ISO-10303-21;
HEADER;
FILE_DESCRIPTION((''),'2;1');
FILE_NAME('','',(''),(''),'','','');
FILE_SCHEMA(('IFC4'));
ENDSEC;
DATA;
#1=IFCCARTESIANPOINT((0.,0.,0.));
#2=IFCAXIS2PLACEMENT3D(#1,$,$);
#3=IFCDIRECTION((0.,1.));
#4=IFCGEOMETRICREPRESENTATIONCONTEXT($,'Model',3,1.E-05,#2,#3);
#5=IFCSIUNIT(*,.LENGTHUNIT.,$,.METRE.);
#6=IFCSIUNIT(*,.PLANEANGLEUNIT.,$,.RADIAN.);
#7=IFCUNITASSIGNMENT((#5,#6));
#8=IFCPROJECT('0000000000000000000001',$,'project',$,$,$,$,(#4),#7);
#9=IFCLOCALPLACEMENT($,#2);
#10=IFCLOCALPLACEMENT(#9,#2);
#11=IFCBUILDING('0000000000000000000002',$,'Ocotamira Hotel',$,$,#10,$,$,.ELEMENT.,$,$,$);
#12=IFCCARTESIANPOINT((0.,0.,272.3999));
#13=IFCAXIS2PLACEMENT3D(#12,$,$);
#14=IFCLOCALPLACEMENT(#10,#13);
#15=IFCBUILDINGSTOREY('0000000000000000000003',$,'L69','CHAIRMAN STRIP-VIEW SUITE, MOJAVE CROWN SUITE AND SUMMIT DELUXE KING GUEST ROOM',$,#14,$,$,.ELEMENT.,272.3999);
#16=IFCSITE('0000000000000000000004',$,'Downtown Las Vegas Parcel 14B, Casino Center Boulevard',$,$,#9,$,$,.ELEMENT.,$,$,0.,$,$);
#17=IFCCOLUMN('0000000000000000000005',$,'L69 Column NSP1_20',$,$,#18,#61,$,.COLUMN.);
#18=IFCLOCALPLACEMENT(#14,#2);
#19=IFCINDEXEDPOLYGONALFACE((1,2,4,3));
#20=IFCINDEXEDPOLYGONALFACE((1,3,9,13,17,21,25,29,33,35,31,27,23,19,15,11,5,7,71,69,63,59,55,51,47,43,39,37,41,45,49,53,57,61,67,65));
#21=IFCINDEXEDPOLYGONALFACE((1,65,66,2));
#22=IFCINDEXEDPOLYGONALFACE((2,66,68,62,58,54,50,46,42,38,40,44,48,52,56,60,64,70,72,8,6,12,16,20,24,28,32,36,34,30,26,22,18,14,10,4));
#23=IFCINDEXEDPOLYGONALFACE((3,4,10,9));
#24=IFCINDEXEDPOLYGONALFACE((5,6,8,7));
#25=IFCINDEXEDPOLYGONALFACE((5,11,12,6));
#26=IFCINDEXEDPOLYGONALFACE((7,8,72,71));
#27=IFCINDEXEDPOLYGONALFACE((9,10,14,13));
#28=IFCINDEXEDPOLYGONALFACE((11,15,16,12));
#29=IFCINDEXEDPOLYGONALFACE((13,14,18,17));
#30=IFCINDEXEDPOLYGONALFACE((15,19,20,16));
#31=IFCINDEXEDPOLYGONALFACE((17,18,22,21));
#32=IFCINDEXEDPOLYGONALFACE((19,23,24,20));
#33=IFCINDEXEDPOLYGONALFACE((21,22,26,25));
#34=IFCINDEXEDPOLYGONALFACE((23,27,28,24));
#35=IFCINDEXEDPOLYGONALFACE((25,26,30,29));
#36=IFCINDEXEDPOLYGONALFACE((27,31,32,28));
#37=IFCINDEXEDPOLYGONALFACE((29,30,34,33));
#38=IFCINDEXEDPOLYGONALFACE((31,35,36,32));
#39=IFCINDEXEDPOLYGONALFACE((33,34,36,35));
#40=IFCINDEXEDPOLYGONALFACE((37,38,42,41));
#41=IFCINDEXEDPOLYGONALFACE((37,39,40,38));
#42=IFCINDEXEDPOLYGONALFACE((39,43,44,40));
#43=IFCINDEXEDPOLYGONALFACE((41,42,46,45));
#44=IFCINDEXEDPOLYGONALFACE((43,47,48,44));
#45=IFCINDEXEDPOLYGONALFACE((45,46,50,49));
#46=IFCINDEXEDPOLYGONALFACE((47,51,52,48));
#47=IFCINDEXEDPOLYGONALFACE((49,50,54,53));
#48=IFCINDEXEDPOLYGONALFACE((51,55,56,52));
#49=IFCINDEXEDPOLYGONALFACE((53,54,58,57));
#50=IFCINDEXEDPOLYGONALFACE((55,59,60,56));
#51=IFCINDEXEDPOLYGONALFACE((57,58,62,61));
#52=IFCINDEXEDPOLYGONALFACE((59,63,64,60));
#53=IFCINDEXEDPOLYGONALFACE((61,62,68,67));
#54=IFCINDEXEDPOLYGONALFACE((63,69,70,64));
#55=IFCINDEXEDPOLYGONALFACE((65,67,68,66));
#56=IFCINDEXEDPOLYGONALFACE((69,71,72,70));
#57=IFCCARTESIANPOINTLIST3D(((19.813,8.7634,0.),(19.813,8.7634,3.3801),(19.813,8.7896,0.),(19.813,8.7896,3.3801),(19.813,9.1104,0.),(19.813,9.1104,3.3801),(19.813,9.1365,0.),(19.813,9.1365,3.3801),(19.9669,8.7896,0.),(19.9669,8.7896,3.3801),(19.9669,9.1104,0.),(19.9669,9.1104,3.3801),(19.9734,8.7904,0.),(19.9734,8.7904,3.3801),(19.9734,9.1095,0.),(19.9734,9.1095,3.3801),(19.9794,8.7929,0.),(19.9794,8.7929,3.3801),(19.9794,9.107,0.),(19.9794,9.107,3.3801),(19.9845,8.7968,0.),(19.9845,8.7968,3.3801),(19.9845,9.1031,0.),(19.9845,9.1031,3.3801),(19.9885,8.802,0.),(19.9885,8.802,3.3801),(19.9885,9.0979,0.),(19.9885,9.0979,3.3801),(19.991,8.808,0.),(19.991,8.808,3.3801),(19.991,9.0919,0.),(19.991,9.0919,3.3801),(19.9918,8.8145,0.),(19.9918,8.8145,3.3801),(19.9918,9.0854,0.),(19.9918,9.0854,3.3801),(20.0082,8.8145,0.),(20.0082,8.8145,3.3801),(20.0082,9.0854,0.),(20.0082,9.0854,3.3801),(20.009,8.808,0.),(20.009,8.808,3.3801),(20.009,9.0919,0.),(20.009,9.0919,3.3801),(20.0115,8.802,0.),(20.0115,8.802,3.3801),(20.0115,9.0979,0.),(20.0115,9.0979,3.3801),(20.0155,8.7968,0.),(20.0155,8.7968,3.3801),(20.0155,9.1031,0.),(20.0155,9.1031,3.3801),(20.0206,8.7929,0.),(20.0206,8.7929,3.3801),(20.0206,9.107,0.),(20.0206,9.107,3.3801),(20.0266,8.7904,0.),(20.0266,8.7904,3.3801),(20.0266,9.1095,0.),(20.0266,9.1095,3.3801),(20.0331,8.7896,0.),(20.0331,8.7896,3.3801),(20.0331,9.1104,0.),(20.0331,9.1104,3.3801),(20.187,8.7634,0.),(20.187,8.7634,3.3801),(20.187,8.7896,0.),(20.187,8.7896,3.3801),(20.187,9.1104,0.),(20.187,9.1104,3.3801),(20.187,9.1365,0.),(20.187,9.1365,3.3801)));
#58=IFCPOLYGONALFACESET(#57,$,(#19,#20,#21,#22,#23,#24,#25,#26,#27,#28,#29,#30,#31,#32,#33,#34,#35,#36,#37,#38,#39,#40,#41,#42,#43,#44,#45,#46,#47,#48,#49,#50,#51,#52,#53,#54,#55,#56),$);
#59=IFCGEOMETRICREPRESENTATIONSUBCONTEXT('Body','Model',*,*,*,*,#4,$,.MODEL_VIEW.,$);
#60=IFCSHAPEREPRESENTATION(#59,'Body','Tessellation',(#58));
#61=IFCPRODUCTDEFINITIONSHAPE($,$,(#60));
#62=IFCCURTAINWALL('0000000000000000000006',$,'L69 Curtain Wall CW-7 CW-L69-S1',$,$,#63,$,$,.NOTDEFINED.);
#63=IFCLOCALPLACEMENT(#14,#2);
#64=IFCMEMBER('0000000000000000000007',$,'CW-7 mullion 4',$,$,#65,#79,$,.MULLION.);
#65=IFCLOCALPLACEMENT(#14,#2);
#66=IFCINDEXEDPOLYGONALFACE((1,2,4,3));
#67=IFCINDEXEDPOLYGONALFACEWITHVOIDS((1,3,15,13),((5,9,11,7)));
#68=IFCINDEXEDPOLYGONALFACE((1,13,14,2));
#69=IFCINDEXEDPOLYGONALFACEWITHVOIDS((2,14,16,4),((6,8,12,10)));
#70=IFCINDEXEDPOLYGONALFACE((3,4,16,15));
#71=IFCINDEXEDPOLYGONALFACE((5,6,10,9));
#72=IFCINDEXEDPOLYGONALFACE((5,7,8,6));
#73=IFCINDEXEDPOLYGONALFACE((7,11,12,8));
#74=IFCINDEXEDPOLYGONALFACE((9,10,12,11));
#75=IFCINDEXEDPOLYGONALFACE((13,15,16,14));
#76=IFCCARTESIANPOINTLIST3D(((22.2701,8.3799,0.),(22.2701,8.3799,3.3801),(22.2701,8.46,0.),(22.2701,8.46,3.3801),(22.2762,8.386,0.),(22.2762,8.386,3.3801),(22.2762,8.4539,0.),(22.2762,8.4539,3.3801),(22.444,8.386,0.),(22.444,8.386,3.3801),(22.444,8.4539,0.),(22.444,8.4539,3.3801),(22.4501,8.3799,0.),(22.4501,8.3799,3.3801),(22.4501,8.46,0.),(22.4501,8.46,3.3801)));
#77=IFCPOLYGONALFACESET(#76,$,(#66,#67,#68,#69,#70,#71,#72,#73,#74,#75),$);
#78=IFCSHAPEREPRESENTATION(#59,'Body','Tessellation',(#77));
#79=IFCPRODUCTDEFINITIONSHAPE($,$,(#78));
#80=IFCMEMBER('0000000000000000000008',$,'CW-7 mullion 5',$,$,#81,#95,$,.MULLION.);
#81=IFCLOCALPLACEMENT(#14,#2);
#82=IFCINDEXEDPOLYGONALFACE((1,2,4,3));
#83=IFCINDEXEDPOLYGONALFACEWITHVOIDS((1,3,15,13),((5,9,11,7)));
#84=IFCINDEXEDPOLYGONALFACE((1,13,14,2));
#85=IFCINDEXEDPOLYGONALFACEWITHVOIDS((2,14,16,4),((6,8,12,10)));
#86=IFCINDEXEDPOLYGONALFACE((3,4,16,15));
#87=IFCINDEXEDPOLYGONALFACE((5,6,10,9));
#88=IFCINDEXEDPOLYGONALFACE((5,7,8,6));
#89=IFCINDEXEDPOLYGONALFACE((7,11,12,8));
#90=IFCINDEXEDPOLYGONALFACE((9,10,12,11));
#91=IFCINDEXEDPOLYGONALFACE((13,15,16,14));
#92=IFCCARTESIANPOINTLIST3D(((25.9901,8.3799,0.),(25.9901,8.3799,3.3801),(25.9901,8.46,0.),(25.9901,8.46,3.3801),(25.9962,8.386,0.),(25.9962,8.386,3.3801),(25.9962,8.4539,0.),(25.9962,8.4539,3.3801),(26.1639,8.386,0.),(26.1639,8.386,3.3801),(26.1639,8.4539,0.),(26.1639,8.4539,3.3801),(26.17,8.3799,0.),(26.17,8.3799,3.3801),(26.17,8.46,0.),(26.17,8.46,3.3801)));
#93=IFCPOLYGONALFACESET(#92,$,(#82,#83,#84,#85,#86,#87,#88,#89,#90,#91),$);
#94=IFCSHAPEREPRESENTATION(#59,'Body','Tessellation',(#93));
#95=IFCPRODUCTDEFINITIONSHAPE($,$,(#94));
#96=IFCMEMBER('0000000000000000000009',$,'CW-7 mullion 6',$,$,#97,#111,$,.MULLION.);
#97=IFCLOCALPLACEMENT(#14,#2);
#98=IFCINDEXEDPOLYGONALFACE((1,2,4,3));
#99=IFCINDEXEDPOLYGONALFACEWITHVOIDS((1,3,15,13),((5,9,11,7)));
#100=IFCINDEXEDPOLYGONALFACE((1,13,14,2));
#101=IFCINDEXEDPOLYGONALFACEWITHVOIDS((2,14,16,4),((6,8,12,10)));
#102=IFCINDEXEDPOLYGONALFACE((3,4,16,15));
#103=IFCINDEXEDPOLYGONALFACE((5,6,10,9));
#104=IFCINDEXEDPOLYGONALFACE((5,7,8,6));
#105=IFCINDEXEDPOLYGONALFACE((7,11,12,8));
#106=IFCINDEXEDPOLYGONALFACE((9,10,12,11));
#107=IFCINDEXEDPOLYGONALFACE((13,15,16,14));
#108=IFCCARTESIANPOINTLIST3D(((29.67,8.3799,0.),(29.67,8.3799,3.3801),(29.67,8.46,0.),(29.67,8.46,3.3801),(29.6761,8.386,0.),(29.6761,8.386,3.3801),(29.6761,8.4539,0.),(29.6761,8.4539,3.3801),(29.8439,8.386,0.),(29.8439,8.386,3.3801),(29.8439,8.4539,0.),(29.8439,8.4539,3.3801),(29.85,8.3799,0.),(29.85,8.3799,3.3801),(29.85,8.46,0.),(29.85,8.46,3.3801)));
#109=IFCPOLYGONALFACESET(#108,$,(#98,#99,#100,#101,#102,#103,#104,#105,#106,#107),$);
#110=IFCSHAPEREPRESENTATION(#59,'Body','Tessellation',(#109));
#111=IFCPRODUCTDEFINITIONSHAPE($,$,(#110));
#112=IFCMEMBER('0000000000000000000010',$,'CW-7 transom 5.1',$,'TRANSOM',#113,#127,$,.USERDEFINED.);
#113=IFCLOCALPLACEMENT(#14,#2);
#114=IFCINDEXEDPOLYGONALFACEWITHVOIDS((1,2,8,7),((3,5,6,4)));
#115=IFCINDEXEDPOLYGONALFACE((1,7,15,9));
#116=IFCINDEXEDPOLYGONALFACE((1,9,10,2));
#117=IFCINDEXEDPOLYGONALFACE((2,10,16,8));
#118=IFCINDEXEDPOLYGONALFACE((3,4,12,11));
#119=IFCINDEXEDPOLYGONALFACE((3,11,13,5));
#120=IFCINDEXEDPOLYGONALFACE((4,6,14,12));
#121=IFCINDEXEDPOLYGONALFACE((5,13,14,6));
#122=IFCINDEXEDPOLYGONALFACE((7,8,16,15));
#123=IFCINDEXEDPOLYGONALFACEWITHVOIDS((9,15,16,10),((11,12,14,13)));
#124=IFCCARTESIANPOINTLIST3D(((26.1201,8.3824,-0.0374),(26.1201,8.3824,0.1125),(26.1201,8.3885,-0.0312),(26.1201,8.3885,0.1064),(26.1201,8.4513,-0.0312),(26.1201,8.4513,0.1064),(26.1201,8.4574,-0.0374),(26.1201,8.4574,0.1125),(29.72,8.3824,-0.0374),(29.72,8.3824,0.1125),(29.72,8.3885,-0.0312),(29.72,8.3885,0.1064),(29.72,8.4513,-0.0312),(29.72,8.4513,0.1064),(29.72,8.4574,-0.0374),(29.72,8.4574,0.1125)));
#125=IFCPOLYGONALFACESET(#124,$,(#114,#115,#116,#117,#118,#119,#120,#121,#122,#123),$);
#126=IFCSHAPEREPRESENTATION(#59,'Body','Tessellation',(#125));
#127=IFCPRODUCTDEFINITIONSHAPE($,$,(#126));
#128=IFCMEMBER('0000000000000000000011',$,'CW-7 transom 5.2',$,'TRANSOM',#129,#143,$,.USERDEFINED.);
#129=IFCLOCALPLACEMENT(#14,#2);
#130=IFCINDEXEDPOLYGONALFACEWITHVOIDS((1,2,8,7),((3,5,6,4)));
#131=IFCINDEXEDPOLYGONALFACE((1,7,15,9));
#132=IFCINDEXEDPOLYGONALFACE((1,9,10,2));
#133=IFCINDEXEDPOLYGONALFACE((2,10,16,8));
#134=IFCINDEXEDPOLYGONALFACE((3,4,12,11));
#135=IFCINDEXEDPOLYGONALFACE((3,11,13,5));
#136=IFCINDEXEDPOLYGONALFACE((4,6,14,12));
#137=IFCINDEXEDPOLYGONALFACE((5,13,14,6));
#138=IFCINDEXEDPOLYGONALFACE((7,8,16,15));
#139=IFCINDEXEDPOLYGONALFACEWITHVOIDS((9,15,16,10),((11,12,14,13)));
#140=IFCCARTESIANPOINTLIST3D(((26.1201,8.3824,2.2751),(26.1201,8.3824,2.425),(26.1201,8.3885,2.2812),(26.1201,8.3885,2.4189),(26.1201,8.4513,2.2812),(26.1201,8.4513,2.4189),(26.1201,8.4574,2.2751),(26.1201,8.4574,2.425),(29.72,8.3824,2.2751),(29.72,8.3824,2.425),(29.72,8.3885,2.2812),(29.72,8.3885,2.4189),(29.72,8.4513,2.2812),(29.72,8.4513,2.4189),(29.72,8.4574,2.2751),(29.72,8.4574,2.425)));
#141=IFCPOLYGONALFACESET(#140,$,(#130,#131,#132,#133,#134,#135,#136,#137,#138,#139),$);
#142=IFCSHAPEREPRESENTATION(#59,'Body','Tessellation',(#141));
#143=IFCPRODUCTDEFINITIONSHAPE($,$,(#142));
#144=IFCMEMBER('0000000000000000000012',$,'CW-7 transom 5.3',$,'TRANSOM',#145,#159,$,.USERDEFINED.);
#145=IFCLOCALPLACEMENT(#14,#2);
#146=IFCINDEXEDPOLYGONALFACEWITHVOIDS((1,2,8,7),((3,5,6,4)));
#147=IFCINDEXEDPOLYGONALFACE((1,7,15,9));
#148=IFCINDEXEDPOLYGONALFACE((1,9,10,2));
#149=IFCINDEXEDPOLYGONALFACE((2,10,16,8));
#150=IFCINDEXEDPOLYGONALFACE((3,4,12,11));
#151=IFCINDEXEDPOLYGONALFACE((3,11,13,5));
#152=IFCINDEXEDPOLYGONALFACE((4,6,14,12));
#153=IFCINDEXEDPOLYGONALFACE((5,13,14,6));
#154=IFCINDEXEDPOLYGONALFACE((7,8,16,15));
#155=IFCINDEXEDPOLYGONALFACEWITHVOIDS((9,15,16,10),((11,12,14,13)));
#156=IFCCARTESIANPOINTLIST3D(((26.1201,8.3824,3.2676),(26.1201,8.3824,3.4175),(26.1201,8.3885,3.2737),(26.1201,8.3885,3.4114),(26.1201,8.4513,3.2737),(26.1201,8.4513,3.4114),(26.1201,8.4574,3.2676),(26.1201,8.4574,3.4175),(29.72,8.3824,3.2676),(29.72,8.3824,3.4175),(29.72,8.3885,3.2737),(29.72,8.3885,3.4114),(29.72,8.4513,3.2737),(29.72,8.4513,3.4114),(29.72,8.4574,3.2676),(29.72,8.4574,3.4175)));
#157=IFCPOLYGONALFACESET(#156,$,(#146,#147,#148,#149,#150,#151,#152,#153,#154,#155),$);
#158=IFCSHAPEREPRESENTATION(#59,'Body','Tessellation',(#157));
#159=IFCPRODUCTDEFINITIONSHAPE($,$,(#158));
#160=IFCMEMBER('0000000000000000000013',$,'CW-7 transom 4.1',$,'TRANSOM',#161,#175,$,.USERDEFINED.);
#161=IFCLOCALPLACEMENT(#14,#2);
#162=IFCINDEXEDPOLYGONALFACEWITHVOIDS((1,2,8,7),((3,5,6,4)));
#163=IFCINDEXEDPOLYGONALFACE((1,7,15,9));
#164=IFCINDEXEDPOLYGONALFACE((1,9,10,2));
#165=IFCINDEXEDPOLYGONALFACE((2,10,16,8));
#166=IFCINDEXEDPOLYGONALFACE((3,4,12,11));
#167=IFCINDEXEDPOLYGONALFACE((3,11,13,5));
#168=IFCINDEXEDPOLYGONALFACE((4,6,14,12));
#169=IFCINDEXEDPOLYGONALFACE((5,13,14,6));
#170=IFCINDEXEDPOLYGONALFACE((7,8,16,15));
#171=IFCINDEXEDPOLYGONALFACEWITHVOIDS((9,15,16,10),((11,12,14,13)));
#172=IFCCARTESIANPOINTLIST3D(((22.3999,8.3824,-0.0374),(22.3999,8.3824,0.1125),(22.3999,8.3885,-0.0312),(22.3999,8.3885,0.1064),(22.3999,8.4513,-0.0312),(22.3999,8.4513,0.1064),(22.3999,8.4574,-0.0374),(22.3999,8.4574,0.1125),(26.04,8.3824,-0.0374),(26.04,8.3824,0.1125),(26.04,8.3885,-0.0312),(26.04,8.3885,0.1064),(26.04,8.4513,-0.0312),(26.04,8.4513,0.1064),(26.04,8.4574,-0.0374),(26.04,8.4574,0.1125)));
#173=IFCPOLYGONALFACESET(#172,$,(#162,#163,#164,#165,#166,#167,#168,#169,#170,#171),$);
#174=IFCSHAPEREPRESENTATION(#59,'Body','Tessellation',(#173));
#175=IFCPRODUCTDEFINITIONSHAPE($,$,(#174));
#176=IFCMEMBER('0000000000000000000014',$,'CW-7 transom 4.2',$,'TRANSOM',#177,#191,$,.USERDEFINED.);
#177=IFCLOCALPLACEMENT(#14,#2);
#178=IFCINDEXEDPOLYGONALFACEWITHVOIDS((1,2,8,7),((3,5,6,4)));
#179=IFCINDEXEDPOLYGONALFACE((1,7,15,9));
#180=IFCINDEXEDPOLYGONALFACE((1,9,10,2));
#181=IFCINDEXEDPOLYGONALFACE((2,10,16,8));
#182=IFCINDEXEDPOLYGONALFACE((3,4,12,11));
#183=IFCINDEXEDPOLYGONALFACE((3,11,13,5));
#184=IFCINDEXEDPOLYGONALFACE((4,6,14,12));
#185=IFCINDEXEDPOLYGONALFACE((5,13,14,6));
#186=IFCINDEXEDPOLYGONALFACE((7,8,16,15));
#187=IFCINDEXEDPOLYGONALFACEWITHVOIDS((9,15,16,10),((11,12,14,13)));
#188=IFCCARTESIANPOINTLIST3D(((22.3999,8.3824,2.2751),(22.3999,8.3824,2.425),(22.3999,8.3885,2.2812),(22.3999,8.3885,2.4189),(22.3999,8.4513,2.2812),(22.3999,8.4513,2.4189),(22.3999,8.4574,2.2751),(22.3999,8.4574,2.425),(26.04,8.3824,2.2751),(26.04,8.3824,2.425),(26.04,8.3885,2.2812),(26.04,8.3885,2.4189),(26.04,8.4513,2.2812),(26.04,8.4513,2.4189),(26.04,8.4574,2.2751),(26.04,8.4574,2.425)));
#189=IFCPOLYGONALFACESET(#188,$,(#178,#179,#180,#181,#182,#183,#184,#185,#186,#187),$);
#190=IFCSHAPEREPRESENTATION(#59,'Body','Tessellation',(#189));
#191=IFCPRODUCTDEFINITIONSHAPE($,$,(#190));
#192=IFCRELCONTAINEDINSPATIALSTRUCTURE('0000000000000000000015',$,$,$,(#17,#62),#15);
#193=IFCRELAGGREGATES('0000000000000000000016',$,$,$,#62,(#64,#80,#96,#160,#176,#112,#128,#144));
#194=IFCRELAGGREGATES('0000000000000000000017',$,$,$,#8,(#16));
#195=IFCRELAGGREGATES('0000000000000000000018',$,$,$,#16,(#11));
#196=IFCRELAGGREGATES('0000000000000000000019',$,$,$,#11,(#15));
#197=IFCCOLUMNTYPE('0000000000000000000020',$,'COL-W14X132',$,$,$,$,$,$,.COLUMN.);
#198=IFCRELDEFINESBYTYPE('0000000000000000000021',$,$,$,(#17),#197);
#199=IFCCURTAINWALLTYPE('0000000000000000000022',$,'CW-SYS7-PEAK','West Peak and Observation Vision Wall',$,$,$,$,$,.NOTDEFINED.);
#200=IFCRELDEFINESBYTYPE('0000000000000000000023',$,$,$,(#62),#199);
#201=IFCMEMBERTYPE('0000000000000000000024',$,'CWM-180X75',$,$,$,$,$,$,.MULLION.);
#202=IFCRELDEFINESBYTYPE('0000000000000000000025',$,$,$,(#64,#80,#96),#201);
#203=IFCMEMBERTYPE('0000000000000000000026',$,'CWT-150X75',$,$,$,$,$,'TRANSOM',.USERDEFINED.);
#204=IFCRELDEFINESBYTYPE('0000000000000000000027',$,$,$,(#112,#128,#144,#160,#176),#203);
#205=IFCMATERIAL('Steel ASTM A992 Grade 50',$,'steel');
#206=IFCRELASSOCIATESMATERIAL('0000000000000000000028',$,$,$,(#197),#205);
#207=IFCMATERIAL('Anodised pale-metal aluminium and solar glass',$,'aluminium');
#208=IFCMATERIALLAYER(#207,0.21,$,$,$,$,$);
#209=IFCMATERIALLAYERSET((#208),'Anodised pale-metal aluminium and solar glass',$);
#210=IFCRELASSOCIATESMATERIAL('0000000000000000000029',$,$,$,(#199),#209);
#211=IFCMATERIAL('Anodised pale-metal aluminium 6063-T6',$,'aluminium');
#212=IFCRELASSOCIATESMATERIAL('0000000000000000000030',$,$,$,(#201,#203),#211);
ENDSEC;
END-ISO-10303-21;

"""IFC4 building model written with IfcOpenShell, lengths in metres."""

from ifc_helpers import new_model, si_unit, direction, frame, origin, origin_2d, place, context, subcontext, project, spatial, hollow_rectangle, i_section, extrude, source, transform, mapped, material, layer, layer_set, material_profile, profile_set, type_object, element, aggregate, save


model = new_model("IFC4")

# Units and contexts
model_context = context("Model", 3, precision=1e-05, world=origin(), true_north=direction((0.0, 1.0)))
body_context = subcontext(model_context, "Body", "Model", "MODEL_VIEW")
ifc_project = project(units=[si_unit("LENGTHUNIT", "METRE"), si_unit("PLANEANGLEUNIT", "RADIAN")], contexts=[model_context])

# Site, building, storey
site_placement = place(None, origin())
site = spatial("IfcSite", under=ifc_project, at=site_placement, Name="Downtown Las Vegas Parcel 14B, Casino Center Boulevard", CompositionType="ELEMENT", RefElevation=0.0)
building_placement = place(site_placement, origin())
building = spatial("IfcBuilding", under=site, at=building_placement, Name="Ocotamira Hotel", CompositionType="ELEMENT")
storey_placement = place(building_placement, frame((0.0, 0.0, 272.3999)))
storey = spatial("IfcBuildingStorey", under=building, at=storey_placement, Name="L69", Description="CHAIRMAN STRIP-VIEW SUITE, MOJAVE CROWN SUITE AND SUMMIT DELUXE KING GUEST ROOM", CompositionType="ELEMENT", Elevation=272.3999)

# Column
ifc_material_1 = material(Name="Steel ASTM A992 Grade 50", Category="steel")
ifc_material_profile_1 = material_profile(ifc_material_1, i_section(OverallWidth=0.374, OverallDepth=0.373, WebThickness=0.0164, FlangeThickness=0.0261, FilletRadius=0.0249, at=origin_2d()), Name="W14X132")
ifc_profile_set_1 = profile_set([ifc_material_profile_1], Name="Steel ASTM A992 Grade 50")
column_type = type_object("IfcColumnType", Name="COL-W14X132", PredefinedType="COLUMN", material=ifc_profile_set_1)
shared_shape_1 = source(origin(), body_context, "Body", "SweptSolid", [
    extrude(i_section(OverallWidth=0.374, OverallDepth=0.373, WebThickness=0.0164, FlangeThickness=0.0261, FilletRadius=0.0249, at=origin_2d()), origin(), (0.0, 0.0, 1.0), 3.3801),
])
column_placement = place(storey_placement, frame((20.0, 8.95, 0.0), z_axis=(0.0, 0.0, 1.0), x_axis=(1.0, 0.0, 0.0)))
element("IfcColumn", 1, at=column_placement, inside=storey, type_object=column_type, Name="L69 Column NSP1_20", PredefinedType="COLUMN", context=body_context, shape_type="MappedRepresentation", body=[
    mapped(shared_shape_1, transform((0.0, 0.0, 0.0), scale=1.0)),
])

# Curtain wall, members
ifc_material_2 = material(Name="Anodised pale-metal aluminium and solar glass", Category="aluminium")
ifc_layer_1 = layer(ifc_material_2, 0.21)
ifc_layer_set_1 = layer_set([ifc_layer_1], Name="Anodised pale-metal aluminium and solar glass")
curtain_wall_type = type_object("IfcCurtainWallType", Name="CW-SYS7-PEAK", Description="West Peak and Observation Vision Wall", PredefinedType="NOTDEFINED", material=ifc_layer_set_1)
curtain_wall_placement = place(storey_placement, origin())
curtain_wall = element("IfcCurtainWall", 2, at=curtain_wall_placement, inside=storey, type_object=curtain_wall_type, Name="L69 Curtain Wall CW-7 CW-L69-S1", PredefinedType="NOTDEFINED")
ifc_material_3 = material(Name="Anodised pale-metal aluminium 6063-T6", Category="aluminium")
ifc_material_profile_2 = material_profile(ifc_material_3, hollow_rectangle(XDim=0.0801, YDim=0.1799, WallThickness=0.0061, at=origin_2d()), Name="HSS180X80X6")
ifc_profile_set_2 = profile_set([ifc_material_profile_2], Name="Anodised pale-metal aluminium 6063-T6")
member_type_1 = type_object("IfcMemberType", Name="CWM-180X75", PredefinedType="MULLION", material=ifc_profile_set_2)
shared_shape_2 = source(origin(), body_context, "Body", "SweptSolid", [
    extrude(hollow_rectangle(XDim=0.0801, YDim=0.1799, WallThickness=0.0061, at=origin_2d()), origin(), (0.0, 0.0, 1.0), 3.3801),
])
member_1_placement = place(storey_placement, frame((22.3601, 8.4199, 0.0), z_axis=(0.0, 0.0, 1.0), x_axis=(0.0, 1.0, 0.0)))
member_1 = element("IfcMember", 3, at=member_1_placement, type_object=member_type_1, Name="CW-7 mullion 4", PredefinedType="MULLION", context=body_context, shape_type="MappedRepresentation", body=[
    mapped(shared_shape_2, transform((0.0, 0.0, 0.0), scale=1.0)),
])
member_2_placement = place(storey_placement, frame((26.0801, 8.4199, 0.0), z_axis=(0.0, 0.0, 1.0), x_axis=(0.0, 1.0, 0.0)))
member_2 = element("IfcMember", 4, at=member_2_placement, type_object=member_type_1, Name="CW-7 mullion 5", PredefinedType="MULLION", context=body_context, shape_type="MappedRepresentation", body=[
    mapped(shared_shape_2, transform((0.0, 0.0, 0.0), scale=1.0)),
])
member_3_placement = place(storey_placement, frame((29.76, 8.4199, 0.0), z_axis=(0.0, 0.0, 1.0), x_axis=(0.0, 1.0, 0.0)))
member_3 = element("IfcMember", 5, at=member_3_placement, type_object=member_type_1, Name="CW-7 mullion 6", PredefinedType="MULLION", context=body_context, shape_type="MappedRepresentation", body=[
    mapped(shared_shape_2, transform((0.0, 0.0, 0.0), scale=1.0)),
])
ifc_material_profile_3 = material_profile(ifc_material_3, hollow_rectangle(XDim=0.075, YDim=0.1499, WallThickness=0.0061, at=origin_2d()), Name="HSS150X75X6")
ifc_profile_set_3 = profile_set([ifc_material_profile_3], Name="Anodised pale-metal aluminium 6063-T6")
member_type_2 = type_object("IfcMemberType", Name="CWT-150X75", ElementType="TRANSOM", PredefinedType="USERDEFINED", material=ifc_profile_set_3)
shared_shape_3 = source(origin(), body_context, "Body", "SweptSolid", [
    extrude(hollow_rectangle(XDim=0.075, YDim=0.1499, WallThickness=0.0061, at=origin_2d()), origin(), (0.0, 0.0, 1.0), 3.5999),
])
member_4_placement = place(storey_placement, frame((26.1201, 8.4199, 0.0376), z_axis=(1.0, 0.0, 0.0), x_axis=(0.0, 1.0, 0.0)))
member_4 = element("IfcMember", 6, at=member_4_placement, type_object=member_type_2, Name="CW-7 transom 5.1", ObjectType="TRANSOM", PredefinedType="USERDEFINED", context=body_context, shape_type="MappedRepresentation", body=[
    mapped(shared_shape_3, transform((0.0, 0.0, 0.0), scale=1.0)),
])
member_5_placement = place(storey_placement, frame((26.1201, 8.4199, 2.3501), z_axis=(1.0, 0.0, 0.0), x_axis=(0.0, 1.0, 0.0)))
member_5 = element("IfcMember", 7, at=member_5_placement, type_object=member_type_2, Name="CW-7 transom 5.2", ObjectType="TRANSOM", PredefinedType="USERDEFINED", context=body_context, shape_type="MappedRepresentation", body=[
    mapped(shared_shape_3, transform((0.0, 0.0, 0.0), scale=1.0)),
])
member_6_placement = place(storey_placement, frame((26.1201, 8.4199, 3.3425), z_axis=(1.0, 0.0, 0.0), x_axis=(0.0, 1.0, 0.0)))
member_6 = element("IfcMember", 8, at=member_6_placement, type_object=member_type_2, Name="CW-7 transom 5.3", ObjectType="TRANSOM", PredefinedType="USERDEFINED", context=body_context, shape_type="MappedRepresentation", body=[
    mapped(shared_shape_3, transform((0.0, 0.0, 0.0), scale=1.0)),
])
shared_shape_4 = source(origin(), body_context, "Body", "SweptSolid", [
    extrude(hollow_rectangle(XDim=0.075, YDim=0.1499, WallThickness=0.0061, at=origin_2d()), origin(), (0.0, 0.0, 1.0), 3.6401),
])
member_7_placement = place(storey_placement, frame((22.3999, 8.4199, 0.0376), z_axis=(1.0, 0.0, 0.0), x_axis=(0.0, 1.0, 0.0)))
member_7 = element("IfcMember", 9, at=member_7_placement, type_object=member_type_2, Name="CW-7 transom 4.1", ObjectType="TRANSOM", PredefinedType="USERDEFINED", context=body_context, shape_type="MappedRepresentation", body=[
    mapped(shared_shape_4, transform((0.0, 0.0, 0.0), scale=1.0)),
])
member_8_placement = place(storey_placement, frame((22.3999, 8.4199, 2.3501), z_axis=(1.0, 0.0, 0.0), x_axis=(0.0, 1.0, 0.0)))
member_8 = element("IfcMember", 10, at=member_8_placement, type_object=member_type_2, Name="CW-7 transom 4.2", ObjectType="TRANSOM", PredefinedType="USERDEFINED", context=body_context, shape_type="MappedRepresentation", body=[
    mapped(shared_shape_4, transform((0.0, 0.0, 0.0), scale=1.0)),
])
aggregate(curtain_wall, [member_1, member_2, member_3, member_7, member_8, member_4, member_5, member_6])

save(model, "model.ifc")
